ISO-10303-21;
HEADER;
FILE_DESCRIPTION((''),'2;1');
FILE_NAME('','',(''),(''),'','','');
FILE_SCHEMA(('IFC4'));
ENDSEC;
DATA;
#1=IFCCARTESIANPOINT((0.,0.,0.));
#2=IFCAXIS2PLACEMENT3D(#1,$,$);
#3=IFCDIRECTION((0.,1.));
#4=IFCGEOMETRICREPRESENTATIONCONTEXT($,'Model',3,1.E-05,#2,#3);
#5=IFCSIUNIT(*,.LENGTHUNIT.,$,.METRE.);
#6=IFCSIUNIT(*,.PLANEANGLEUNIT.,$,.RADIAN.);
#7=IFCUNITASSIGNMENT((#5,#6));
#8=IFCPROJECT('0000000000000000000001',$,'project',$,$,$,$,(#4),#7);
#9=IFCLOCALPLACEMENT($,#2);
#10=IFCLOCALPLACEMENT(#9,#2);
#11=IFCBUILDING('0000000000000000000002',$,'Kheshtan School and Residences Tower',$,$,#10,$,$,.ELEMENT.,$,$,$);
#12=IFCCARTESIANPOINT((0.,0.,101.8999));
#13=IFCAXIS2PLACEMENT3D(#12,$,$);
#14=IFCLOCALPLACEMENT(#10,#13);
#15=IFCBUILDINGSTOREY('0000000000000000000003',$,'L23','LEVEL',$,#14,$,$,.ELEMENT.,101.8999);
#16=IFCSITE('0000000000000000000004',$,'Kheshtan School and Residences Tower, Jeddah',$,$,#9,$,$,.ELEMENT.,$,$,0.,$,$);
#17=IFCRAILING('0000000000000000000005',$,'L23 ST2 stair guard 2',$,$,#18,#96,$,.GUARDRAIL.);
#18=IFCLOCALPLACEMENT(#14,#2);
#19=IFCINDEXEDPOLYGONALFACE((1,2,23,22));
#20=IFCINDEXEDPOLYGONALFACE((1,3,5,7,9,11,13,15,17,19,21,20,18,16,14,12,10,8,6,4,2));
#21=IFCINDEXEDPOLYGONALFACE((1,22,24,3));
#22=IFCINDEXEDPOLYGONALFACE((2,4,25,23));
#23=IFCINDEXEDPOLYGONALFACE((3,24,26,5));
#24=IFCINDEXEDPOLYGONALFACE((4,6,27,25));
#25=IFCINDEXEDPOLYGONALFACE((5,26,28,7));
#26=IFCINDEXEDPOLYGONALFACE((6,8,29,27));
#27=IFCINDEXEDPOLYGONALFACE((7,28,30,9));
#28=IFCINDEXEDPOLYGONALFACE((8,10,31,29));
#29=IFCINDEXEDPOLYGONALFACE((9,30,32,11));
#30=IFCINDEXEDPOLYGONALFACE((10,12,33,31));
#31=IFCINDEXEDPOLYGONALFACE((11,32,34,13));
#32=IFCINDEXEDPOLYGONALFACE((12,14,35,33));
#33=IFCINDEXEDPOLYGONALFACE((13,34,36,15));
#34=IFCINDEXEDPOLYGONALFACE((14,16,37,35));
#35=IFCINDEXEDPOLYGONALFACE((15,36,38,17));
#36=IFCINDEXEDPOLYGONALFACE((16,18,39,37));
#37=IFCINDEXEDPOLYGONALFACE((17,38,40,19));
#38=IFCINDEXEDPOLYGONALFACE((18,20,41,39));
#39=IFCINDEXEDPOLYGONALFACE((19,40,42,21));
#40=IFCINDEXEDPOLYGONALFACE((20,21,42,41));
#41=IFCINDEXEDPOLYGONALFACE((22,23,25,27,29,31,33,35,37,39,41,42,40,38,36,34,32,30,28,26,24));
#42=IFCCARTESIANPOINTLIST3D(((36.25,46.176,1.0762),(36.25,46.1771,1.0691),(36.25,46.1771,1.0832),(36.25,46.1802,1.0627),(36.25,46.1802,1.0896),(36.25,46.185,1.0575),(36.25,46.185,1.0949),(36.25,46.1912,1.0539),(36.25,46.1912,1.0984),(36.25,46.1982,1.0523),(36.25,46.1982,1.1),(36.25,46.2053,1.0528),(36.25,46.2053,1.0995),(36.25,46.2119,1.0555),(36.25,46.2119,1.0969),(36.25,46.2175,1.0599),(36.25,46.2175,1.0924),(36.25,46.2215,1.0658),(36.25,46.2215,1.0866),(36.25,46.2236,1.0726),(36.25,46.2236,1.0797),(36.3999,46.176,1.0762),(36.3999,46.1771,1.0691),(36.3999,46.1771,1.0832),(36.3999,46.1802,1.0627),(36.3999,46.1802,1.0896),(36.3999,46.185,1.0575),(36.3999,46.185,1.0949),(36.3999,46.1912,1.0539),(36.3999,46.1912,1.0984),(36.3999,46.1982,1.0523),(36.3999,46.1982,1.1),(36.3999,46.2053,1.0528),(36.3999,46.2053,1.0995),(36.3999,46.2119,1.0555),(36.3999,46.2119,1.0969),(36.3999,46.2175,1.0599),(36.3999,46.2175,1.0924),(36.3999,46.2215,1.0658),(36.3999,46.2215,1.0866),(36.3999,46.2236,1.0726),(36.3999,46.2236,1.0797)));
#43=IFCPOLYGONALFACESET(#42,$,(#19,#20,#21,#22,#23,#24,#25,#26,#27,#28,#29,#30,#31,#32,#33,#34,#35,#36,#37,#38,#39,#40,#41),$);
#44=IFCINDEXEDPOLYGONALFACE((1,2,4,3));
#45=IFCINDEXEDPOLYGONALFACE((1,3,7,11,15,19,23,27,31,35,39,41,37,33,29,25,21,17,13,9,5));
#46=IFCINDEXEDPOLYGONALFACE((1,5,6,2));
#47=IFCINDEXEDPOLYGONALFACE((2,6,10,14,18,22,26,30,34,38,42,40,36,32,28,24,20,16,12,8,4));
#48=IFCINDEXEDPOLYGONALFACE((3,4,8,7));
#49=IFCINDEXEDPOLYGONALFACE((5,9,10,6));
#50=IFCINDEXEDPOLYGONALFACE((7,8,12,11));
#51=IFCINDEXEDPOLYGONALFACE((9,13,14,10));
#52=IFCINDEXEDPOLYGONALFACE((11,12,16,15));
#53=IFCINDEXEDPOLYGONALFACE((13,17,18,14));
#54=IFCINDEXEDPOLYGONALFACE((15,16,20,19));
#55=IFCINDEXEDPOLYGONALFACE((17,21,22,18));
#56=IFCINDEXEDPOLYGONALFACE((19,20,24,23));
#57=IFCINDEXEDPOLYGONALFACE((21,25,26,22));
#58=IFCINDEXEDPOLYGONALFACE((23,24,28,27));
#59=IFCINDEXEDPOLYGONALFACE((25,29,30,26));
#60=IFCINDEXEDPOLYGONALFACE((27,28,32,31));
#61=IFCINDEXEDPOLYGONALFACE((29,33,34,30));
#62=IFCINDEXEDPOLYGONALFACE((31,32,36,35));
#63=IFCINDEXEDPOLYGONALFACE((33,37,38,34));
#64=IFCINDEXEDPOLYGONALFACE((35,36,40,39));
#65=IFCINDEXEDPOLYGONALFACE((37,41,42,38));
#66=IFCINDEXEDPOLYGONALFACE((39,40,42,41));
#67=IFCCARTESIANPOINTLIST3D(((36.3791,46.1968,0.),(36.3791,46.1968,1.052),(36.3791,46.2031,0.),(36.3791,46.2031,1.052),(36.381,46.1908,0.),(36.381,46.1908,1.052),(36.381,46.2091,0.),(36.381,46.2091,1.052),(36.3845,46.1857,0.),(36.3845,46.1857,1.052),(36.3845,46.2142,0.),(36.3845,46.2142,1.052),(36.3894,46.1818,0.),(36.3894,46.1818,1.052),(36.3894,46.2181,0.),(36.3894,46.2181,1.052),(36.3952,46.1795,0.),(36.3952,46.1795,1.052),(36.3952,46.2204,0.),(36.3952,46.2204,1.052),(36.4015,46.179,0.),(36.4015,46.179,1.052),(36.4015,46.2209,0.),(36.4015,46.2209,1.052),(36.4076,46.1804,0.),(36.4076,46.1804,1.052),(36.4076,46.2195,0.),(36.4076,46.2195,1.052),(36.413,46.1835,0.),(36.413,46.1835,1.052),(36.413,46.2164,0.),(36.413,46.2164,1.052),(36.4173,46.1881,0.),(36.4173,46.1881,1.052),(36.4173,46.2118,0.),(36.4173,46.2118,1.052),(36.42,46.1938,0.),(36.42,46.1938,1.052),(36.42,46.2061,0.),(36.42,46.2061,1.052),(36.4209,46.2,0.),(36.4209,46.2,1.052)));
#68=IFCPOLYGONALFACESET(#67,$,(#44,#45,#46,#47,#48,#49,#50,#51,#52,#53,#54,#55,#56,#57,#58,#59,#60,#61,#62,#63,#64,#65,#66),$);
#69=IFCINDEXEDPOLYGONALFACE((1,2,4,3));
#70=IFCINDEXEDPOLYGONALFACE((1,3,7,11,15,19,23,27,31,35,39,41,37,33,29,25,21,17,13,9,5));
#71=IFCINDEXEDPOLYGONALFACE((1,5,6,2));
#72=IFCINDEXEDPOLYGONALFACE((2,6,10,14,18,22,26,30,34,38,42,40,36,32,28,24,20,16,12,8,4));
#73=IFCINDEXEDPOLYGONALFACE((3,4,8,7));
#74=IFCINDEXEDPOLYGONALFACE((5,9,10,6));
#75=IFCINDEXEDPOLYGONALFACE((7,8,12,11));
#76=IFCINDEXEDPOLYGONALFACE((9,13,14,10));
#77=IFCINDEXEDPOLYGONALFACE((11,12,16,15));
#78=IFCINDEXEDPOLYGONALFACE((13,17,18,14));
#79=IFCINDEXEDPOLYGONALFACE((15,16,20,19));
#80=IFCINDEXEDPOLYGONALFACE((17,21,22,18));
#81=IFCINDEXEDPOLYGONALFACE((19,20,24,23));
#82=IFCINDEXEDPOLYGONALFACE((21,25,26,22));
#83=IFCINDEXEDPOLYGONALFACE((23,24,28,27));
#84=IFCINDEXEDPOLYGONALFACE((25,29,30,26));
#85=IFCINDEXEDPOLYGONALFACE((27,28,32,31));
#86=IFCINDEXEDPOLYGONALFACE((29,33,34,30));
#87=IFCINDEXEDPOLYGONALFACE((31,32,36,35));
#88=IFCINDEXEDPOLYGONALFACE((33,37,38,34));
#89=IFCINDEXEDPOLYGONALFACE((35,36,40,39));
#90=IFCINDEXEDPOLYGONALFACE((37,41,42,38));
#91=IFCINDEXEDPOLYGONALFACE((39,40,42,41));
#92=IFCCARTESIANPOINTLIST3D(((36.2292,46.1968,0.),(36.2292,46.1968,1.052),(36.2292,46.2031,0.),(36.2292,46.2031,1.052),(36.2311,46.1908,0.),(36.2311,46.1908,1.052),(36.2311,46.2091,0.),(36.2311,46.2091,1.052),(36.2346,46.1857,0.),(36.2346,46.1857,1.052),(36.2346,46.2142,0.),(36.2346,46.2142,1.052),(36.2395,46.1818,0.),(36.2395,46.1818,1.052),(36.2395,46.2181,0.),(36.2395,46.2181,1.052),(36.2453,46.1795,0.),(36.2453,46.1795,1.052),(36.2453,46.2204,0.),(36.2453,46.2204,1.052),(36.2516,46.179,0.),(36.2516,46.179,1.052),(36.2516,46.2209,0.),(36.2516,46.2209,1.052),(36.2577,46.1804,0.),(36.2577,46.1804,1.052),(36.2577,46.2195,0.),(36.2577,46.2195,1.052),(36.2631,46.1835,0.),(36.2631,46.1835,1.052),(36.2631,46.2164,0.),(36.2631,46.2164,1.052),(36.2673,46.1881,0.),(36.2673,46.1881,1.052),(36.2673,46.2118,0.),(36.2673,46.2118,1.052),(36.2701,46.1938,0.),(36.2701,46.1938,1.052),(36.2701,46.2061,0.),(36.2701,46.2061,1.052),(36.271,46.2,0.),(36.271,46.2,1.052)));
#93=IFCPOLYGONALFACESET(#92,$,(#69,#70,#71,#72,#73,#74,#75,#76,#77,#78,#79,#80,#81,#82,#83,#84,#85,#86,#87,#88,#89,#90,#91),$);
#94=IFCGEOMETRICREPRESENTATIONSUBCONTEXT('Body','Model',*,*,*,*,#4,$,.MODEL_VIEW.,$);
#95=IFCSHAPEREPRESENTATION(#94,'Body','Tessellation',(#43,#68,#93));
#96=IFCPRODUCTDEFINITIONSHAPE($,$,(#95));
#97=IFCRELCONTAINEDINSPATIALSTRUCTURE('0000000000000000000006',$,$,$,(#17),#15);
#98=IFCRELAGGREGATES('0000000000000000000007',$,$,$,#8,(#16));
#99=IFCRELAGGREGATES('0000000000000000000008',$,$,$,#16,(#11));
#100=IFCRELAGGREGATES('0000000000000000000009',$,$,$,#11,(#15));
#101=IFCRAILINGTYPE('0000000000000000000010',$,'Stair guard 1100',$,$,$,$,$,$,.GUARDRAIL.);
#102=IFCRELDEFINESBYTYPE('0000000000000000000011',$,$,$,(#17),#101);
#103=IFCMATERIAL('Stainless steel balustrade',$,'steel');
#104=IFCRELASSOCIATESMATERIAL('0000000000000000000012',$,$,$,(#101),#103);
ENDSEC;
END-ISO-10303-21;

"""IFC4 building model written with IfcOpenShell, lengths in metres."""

from ifc_helpers import new_model, si_unit, direction, frame, origin, origin_2d, place, context, subcontext, project, spatial, circle, extrude, material, type_object, element, save


model = new_model("IFC4")

# Units and contexts
model_context = context("Model", 3, precision=1e-05, world=origin(), true_north=direction((0.0, 1.0)))
body_context = subcontext(model_context, "Body", "Model", "MODEL_VIEW")
ifc_project = project(units=[si_unit("LENGTHUNIT", "METRE"), si_unit("PLANEANGLEUNIT", "RADIAN")], contexts=[model_context])

# Site, building, storey
site_placement = place(None, origin())
site = spatial("IfcSite", under=ifc_project, at=site_placement, Name="Kheshtan School and Residences Tower, Jeddah", CompositionType="ELEMENT", RefElevation=0.0)
building_placement = place(site_placement, origin())
building = spatial("IfcBuilding", under=site, at=building_placement, Name="Kheshtan School and Residences Tower", CompositionType="ELEMENT")
storey_placement = place(building_placement, frame((0.0, 0.0, 101.8999)))
storey = spatial("IfcBuildingStorey", under=building, at=storey_placement, Name="L23", Description="LEVEL", CompositionType="ELEMENT", Elevation=101.8999)

# Railing
ifc_material_1 = material(Name="Stainless steel balustrade", Category="steel")
railing_type_1 = type_object("IfcRailingType", Name="Stair guard 1100", PredefinedType="GUARDRAIL", material=ifc_material_1)
railing_1_placement = place(storey_placement, frame((36.3999, 46.2, 0.0)))
element("IfcRailing", 1, at=railing_1_placement, inside=storey, type_object=railing_type_1, Name="L23 ST2 stair guard 2", PredefinedType="GUARDRAIL", context=body_context, shape_type="SweptSolid", body=[
    extrude(circle(Radius=0.0239, at=origin_2d()), frame((0.0, 0.0, 1.0762), z_axis=(-1.0, 0.0, 0.0), x_axis=(0.0, -1.0, 0.0)), (0.0, 0.0, 1.0), 0.1499),
    extrude(circle(Radius=0.021, at=origin_2d()), origin(), (0.0, 0.0, 1.0), 1.052),
    extrude(circle(Radius=0.021, at=origin_2d()), frame((-0.1499, 0.0, 0.0)), (0.0, 0.0, 1.0), 1.052),
])

save(model, "model.ifc")
